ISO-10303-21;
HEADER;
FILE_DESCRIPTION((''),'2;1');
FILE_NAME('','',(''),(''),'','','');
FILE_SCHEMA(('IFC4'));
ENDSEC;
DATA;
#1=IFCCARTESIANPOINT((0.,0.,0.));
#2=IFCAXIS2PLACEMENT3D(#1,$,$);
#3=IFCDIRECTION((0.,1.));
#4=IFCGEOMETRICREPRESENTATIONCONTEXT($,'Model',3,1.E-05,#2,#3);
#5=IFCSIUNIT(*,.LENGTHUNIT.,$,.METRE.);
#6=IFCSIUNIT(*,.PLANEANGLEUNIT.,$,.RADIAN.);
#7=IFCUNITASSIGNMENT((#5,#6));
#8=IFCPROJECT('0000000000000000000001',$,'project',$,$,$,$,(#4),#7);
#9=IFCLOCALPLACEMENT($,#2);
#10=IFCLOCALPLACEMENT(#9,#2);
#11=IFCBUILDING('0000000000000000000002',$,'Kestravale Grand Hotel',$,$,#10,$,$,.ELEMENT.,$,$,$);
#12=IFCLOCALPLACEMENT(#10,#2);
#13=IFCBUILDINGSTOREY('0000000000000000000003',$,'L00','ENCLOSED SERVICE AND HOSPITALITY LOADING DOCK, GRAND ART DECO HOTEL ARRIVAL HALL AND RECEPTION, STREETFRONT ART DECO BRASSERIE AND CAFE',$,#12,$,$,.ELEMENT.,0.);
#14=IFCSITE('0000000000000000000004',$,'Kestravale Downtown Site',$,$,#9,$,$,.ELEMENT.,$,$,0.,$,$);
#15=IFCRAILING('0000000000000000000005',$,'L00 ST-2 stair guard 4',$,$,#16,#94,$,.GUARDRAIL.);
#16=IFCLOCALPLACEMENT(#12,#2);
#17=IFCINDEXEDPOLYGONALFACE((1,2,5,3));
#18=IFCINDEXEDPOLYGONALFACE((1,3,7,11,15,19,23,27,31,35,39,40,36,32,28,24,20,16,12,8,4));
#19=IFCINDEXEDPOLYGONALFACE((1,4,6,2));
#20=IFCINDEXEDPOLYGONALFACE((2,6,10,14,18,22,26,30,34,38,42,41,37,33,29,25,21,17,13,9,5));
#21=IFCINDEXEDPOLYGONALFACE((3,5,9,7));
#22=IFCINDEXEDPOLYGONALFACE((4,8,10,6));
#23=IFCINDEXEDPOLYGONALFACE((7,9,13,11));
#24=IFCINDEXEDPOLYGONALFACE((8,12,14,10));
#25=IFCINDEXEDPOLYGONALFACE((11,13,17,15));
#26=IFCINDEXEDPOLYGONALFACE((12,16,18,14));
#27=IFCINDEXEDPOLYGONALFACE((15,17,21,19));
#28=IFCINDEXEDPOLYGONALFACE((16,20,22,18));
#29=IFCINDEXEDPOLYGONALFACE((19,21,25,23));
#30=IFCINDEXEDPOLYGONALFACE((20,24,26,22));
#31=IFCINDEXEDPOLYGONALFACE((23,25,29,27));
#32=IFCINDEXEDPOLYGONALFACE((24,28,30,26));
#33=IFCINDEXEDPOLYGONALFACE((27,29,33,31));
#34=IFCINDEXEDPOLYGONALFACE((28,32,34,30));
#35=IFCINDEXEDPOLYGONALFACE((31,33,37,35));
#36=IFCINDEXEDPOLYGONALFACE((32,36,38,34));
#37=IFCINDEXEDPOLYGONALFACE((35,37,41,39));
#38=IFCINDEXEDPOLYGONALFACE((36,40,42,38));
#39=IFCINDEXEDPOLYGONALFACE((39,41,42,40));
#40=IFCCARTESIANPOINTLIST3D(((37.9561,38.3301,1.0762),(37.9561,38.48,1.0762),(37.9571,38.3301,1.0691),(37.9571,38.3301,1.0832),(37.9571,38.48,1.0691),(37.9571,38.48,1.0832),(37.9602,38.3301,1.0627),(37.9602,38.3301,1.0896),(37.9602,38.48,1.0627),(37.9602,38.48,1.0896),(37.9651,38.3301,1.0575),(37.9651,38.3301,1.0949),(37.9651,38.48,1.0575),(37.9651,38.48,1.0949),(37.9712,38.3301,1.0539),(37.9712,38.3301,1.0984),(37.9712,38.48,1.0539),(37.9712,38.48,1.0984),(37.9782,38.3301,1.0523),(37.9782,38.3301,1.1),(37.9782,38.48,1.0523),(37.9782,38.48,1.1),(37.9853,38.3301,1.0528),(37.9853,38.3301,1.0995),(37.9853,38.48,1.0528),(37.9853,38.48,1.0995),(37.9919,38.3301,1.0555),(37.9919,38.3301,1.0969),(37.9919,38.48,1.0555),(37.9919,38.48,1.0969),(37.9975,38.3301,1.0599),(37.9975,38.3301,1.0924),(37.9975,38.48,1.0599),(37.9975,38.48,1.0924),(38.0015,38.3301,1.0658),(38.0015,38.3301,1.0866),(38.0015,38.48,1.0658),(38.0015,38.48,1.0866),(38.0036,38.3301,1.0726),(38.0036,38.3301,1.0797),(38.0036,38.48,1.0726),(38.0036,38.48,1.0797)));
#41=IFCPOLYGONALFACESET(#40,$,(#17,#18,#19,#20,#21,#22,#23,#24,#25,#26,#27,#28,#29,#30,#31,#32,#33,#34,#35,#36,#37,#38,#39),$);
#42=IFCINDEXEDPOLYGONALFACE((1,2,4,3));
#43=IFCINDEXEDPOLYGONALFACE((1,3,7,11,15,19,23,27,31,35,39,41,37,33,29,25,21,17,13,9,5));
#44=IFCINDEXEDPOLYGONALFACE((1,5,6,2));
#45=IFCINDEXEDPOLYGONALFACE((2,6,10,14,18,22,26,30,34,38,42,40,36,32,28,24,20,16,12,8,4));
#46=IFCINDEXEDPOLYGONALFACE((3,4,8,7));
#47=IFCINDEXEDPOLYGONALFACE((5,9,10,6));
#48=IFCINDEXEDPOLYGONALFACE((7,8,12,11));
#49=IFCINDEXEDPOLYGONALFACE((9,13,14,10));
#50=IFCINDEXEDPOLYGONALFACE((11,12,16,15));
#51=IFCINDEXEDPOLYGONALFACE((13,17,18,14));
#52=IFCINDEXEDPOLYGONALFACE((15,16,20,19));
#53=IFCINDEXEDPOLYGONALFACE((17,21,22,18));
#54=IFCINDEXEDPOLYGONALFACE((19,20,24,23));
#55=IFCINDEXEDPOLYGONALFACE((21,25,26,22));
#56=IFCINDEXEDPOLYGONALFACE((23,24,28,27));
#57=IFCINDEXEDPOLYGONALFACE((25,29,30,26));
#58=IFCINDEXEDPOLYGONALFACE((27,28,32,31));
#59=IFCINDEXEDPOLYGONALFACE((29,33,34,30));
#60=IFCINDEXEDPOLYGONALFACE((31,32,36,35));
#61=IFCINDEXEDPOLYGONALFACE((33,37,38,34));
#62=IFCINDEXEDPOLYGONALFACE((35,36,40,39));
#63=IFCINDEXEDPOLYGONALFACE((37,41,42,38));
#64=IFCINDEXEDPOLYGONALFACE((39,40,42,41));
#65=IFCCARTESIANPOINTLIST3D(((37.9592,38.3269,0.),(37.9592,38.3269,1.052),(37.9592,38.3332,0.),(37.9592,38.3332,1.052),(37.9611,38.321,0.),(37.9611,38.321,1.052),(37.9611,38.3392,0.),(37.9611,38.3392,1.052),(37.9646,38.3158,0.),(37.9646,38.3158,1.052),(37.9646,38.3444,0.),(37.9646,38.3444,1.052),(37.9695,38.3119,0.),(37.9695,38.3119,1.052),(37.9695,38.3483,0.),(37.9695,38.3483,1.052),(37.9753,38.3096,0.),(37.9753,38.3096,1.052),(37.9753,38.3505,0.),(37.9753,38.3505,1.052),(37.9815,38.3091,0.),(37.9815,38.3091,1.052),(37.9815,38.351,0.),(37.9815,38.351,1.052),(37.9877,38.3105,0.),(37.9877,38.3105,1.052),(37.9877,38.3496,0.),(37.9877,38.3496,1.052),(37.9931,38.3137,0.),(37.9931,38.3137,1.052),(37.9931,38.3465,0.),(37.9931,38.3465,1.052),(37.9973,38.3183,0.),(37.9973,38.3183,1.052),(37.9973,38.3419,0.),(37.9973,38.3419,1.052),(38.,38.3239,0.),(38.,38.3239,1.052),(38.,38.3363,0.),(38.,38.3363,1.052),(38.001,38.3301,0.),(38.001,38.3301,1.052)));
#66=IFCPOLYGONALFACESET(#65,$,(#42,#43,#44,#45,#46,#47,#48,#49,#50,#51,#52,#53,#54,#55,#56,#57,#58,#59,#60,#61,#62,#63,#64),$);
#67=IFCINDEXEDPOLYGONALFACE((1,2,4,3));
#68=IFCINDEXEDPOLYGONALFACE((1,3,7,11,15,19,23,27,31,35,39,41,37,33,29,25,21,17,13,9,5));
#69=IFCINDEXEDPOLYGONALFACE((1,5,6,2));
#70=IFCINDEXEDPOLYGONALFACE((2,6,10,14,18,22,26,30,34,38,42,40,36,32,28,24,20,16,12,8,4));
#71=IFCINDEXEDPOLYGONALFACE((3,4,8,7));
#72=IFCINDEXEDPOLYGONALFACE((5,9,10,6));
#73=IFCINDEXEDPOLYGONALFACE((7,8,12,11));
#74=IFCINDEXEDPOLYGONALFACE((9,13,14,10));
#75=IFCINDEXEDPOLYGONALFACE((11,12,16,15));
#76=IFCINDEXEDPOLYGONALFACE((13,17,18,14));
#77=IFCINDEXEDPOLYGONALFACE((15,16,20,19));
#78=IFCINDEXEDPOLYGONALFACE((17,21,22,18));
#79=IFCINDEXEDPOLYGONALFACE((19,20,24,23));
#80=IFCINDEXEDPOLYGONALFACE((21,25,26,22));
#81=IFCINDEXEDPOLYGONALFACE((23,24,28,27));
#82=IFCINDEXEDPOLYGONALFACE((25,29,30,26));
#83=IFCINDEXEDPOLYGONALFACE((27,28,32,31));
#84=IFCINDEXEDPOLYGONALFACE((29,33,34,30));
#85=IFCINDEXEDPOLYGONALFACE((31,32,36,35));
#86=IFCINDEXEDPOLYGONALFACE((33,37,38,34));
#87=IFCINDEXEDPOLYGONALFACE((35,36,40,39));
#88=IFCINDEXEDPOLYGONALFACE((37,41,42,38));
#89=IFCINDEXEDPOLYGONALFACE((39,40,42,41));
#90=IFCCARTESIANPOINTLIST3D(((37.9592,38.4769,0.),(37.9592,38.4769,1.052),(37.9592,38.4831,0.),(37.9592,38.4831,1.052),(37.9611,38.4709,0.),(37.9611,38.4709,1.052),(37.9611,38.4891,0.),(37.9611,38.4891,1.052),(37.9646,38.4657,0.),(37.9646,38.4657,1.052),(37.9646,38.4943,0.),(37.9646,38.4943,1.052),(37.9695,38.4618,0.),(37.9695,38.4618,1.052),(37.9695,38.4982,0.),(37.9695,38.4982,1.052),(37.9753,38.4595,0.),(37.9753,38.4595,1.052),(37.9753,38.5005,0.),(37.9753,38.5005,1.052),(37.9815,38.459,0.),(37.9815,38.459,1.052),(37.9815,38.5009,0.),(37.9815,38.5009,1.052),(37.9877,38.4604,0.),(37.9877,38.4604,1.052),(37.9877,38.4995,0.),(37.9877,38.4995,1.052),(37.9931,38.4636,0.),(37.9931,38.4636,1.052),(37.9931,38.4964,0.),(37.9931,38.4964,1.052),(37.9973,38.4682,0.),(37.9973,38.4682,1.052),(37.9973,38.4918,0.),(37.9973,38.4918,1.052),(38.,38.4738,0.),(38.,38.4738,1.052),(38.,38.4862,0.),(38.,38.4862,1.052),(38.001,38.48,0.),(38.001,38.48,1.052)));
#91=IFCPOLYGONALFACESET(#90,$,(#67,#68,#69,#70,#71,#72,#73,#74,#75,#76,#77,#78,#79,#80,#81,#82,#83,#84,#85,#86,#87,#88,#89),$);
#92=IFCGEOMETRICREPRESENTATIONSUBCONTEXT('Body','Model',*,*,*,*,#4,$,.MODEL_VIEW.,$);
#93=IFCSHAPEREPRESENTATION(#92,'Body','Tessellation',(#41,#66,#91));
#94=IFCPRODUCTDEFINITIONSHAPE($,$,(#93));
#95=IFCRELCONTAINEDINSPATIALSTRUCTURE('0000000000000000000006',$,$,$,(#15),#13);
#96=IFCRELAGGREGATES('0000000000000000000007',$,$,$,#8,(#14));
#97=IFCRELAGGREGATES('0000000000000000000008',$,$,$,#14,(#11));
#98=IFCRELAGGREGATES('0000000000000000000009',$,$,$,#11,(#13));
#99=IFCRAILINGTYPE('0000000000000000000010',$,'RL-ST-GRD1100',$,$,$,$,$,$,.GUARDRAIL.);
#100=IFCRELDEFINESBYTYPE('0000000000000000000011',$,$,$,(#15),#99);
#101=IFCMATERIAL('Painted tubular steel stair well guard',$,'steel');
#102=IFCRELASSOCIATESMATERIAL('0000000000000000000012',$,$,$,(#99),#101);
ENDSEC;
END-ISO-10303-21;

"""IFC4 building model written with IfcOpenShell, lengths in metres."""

from ifc_helpers import new_model, si_unit, direction, frame, origin, origin_2d, place, context, subcontext, project, spatial, circle, extrude, material, type_object, element, save


model = new_model("IFC4")

# Units and contexts
model_context = context("Model", 3, precision=1e-05, world=origin(), true_north=direction((0.0, 1.0)))
body_context = subcontext(model_context, "Body", "Model", "MODEL_VIEW")
ifc_project = project(units=[si_unit("LENGTHUNIT", "METRE"), si_unit("PLANEANGLEUNIT", "RADIAN")], contexts=[model_context])

# Site, building, storey
site_placement = place(None, origin())
site = spatial("IfcSite", under=ifc_project, at=site_placement, Name="Kestravale Downtown Site", CompositionType="ELEMENT", RefElevation=0.0)
building_placement = place(site_placement, origin())
building = spatial("IfcBuilding", under=site, at=building_placement, Name="Kestravale Grand Hotel", CompositionType="ELEMENT")
storey_placement = place(building_placement, origin())
storey = spatial("IfcBuildingStorey", under=building, at=storey_placement, Name="L00", Description="ENCLOSED SERVICE AND HOSPITALITY LOADING DOCK, GRAND ART DECO HOTEL ARRIVAL HALL AND RECEPTION, STREETFRONT ART DECO BRASSERIE AND CAFE", CompositionType="ELEMENT", Elevation=0.0)

# Railing
ifc_material_1 = material(Name="Painted tubular steel stair well guard", Category="steel")
railing_type_1 = type_object("IfcRailingType", Name="RL-ST-GRD1100", PredefinedType="GUARDRAIL", material=ifc_material_1)
railing_1_placement = place(storey_placement, frame((37.98, 38.3301, 0.0)))
element("IfcRailing", 1, at=railing_1_placement, inside=storey, type_object=railing_type_1, Name="L00 ST-2 stair guard 4", PredefinedType="GUARDRAIL", context=body_context, shape_type="SweptSolid", body=[
    extrude(circle(Radius=0.0239, at=origin_2d()), frame((0.0, 0.0, 1.0762), z_axis=(0.0, 1.0, 0.0), x_axis=(-1.0, 0.0, 0.0)), (0.0, 0.0, 1.0), 0.1499),
    extrude(circle(Radius=0.021, at=origin_2d()), origin(), (0.0, 0.0, 1.0), 1.052),
    extrude(circle(Radius=0.021, at=origin_2d()), frame((0.0, 0.1499, 0.0)), (0.0, 0.0, 1.0), 1.052),
])

save(model, "model.ifc")
